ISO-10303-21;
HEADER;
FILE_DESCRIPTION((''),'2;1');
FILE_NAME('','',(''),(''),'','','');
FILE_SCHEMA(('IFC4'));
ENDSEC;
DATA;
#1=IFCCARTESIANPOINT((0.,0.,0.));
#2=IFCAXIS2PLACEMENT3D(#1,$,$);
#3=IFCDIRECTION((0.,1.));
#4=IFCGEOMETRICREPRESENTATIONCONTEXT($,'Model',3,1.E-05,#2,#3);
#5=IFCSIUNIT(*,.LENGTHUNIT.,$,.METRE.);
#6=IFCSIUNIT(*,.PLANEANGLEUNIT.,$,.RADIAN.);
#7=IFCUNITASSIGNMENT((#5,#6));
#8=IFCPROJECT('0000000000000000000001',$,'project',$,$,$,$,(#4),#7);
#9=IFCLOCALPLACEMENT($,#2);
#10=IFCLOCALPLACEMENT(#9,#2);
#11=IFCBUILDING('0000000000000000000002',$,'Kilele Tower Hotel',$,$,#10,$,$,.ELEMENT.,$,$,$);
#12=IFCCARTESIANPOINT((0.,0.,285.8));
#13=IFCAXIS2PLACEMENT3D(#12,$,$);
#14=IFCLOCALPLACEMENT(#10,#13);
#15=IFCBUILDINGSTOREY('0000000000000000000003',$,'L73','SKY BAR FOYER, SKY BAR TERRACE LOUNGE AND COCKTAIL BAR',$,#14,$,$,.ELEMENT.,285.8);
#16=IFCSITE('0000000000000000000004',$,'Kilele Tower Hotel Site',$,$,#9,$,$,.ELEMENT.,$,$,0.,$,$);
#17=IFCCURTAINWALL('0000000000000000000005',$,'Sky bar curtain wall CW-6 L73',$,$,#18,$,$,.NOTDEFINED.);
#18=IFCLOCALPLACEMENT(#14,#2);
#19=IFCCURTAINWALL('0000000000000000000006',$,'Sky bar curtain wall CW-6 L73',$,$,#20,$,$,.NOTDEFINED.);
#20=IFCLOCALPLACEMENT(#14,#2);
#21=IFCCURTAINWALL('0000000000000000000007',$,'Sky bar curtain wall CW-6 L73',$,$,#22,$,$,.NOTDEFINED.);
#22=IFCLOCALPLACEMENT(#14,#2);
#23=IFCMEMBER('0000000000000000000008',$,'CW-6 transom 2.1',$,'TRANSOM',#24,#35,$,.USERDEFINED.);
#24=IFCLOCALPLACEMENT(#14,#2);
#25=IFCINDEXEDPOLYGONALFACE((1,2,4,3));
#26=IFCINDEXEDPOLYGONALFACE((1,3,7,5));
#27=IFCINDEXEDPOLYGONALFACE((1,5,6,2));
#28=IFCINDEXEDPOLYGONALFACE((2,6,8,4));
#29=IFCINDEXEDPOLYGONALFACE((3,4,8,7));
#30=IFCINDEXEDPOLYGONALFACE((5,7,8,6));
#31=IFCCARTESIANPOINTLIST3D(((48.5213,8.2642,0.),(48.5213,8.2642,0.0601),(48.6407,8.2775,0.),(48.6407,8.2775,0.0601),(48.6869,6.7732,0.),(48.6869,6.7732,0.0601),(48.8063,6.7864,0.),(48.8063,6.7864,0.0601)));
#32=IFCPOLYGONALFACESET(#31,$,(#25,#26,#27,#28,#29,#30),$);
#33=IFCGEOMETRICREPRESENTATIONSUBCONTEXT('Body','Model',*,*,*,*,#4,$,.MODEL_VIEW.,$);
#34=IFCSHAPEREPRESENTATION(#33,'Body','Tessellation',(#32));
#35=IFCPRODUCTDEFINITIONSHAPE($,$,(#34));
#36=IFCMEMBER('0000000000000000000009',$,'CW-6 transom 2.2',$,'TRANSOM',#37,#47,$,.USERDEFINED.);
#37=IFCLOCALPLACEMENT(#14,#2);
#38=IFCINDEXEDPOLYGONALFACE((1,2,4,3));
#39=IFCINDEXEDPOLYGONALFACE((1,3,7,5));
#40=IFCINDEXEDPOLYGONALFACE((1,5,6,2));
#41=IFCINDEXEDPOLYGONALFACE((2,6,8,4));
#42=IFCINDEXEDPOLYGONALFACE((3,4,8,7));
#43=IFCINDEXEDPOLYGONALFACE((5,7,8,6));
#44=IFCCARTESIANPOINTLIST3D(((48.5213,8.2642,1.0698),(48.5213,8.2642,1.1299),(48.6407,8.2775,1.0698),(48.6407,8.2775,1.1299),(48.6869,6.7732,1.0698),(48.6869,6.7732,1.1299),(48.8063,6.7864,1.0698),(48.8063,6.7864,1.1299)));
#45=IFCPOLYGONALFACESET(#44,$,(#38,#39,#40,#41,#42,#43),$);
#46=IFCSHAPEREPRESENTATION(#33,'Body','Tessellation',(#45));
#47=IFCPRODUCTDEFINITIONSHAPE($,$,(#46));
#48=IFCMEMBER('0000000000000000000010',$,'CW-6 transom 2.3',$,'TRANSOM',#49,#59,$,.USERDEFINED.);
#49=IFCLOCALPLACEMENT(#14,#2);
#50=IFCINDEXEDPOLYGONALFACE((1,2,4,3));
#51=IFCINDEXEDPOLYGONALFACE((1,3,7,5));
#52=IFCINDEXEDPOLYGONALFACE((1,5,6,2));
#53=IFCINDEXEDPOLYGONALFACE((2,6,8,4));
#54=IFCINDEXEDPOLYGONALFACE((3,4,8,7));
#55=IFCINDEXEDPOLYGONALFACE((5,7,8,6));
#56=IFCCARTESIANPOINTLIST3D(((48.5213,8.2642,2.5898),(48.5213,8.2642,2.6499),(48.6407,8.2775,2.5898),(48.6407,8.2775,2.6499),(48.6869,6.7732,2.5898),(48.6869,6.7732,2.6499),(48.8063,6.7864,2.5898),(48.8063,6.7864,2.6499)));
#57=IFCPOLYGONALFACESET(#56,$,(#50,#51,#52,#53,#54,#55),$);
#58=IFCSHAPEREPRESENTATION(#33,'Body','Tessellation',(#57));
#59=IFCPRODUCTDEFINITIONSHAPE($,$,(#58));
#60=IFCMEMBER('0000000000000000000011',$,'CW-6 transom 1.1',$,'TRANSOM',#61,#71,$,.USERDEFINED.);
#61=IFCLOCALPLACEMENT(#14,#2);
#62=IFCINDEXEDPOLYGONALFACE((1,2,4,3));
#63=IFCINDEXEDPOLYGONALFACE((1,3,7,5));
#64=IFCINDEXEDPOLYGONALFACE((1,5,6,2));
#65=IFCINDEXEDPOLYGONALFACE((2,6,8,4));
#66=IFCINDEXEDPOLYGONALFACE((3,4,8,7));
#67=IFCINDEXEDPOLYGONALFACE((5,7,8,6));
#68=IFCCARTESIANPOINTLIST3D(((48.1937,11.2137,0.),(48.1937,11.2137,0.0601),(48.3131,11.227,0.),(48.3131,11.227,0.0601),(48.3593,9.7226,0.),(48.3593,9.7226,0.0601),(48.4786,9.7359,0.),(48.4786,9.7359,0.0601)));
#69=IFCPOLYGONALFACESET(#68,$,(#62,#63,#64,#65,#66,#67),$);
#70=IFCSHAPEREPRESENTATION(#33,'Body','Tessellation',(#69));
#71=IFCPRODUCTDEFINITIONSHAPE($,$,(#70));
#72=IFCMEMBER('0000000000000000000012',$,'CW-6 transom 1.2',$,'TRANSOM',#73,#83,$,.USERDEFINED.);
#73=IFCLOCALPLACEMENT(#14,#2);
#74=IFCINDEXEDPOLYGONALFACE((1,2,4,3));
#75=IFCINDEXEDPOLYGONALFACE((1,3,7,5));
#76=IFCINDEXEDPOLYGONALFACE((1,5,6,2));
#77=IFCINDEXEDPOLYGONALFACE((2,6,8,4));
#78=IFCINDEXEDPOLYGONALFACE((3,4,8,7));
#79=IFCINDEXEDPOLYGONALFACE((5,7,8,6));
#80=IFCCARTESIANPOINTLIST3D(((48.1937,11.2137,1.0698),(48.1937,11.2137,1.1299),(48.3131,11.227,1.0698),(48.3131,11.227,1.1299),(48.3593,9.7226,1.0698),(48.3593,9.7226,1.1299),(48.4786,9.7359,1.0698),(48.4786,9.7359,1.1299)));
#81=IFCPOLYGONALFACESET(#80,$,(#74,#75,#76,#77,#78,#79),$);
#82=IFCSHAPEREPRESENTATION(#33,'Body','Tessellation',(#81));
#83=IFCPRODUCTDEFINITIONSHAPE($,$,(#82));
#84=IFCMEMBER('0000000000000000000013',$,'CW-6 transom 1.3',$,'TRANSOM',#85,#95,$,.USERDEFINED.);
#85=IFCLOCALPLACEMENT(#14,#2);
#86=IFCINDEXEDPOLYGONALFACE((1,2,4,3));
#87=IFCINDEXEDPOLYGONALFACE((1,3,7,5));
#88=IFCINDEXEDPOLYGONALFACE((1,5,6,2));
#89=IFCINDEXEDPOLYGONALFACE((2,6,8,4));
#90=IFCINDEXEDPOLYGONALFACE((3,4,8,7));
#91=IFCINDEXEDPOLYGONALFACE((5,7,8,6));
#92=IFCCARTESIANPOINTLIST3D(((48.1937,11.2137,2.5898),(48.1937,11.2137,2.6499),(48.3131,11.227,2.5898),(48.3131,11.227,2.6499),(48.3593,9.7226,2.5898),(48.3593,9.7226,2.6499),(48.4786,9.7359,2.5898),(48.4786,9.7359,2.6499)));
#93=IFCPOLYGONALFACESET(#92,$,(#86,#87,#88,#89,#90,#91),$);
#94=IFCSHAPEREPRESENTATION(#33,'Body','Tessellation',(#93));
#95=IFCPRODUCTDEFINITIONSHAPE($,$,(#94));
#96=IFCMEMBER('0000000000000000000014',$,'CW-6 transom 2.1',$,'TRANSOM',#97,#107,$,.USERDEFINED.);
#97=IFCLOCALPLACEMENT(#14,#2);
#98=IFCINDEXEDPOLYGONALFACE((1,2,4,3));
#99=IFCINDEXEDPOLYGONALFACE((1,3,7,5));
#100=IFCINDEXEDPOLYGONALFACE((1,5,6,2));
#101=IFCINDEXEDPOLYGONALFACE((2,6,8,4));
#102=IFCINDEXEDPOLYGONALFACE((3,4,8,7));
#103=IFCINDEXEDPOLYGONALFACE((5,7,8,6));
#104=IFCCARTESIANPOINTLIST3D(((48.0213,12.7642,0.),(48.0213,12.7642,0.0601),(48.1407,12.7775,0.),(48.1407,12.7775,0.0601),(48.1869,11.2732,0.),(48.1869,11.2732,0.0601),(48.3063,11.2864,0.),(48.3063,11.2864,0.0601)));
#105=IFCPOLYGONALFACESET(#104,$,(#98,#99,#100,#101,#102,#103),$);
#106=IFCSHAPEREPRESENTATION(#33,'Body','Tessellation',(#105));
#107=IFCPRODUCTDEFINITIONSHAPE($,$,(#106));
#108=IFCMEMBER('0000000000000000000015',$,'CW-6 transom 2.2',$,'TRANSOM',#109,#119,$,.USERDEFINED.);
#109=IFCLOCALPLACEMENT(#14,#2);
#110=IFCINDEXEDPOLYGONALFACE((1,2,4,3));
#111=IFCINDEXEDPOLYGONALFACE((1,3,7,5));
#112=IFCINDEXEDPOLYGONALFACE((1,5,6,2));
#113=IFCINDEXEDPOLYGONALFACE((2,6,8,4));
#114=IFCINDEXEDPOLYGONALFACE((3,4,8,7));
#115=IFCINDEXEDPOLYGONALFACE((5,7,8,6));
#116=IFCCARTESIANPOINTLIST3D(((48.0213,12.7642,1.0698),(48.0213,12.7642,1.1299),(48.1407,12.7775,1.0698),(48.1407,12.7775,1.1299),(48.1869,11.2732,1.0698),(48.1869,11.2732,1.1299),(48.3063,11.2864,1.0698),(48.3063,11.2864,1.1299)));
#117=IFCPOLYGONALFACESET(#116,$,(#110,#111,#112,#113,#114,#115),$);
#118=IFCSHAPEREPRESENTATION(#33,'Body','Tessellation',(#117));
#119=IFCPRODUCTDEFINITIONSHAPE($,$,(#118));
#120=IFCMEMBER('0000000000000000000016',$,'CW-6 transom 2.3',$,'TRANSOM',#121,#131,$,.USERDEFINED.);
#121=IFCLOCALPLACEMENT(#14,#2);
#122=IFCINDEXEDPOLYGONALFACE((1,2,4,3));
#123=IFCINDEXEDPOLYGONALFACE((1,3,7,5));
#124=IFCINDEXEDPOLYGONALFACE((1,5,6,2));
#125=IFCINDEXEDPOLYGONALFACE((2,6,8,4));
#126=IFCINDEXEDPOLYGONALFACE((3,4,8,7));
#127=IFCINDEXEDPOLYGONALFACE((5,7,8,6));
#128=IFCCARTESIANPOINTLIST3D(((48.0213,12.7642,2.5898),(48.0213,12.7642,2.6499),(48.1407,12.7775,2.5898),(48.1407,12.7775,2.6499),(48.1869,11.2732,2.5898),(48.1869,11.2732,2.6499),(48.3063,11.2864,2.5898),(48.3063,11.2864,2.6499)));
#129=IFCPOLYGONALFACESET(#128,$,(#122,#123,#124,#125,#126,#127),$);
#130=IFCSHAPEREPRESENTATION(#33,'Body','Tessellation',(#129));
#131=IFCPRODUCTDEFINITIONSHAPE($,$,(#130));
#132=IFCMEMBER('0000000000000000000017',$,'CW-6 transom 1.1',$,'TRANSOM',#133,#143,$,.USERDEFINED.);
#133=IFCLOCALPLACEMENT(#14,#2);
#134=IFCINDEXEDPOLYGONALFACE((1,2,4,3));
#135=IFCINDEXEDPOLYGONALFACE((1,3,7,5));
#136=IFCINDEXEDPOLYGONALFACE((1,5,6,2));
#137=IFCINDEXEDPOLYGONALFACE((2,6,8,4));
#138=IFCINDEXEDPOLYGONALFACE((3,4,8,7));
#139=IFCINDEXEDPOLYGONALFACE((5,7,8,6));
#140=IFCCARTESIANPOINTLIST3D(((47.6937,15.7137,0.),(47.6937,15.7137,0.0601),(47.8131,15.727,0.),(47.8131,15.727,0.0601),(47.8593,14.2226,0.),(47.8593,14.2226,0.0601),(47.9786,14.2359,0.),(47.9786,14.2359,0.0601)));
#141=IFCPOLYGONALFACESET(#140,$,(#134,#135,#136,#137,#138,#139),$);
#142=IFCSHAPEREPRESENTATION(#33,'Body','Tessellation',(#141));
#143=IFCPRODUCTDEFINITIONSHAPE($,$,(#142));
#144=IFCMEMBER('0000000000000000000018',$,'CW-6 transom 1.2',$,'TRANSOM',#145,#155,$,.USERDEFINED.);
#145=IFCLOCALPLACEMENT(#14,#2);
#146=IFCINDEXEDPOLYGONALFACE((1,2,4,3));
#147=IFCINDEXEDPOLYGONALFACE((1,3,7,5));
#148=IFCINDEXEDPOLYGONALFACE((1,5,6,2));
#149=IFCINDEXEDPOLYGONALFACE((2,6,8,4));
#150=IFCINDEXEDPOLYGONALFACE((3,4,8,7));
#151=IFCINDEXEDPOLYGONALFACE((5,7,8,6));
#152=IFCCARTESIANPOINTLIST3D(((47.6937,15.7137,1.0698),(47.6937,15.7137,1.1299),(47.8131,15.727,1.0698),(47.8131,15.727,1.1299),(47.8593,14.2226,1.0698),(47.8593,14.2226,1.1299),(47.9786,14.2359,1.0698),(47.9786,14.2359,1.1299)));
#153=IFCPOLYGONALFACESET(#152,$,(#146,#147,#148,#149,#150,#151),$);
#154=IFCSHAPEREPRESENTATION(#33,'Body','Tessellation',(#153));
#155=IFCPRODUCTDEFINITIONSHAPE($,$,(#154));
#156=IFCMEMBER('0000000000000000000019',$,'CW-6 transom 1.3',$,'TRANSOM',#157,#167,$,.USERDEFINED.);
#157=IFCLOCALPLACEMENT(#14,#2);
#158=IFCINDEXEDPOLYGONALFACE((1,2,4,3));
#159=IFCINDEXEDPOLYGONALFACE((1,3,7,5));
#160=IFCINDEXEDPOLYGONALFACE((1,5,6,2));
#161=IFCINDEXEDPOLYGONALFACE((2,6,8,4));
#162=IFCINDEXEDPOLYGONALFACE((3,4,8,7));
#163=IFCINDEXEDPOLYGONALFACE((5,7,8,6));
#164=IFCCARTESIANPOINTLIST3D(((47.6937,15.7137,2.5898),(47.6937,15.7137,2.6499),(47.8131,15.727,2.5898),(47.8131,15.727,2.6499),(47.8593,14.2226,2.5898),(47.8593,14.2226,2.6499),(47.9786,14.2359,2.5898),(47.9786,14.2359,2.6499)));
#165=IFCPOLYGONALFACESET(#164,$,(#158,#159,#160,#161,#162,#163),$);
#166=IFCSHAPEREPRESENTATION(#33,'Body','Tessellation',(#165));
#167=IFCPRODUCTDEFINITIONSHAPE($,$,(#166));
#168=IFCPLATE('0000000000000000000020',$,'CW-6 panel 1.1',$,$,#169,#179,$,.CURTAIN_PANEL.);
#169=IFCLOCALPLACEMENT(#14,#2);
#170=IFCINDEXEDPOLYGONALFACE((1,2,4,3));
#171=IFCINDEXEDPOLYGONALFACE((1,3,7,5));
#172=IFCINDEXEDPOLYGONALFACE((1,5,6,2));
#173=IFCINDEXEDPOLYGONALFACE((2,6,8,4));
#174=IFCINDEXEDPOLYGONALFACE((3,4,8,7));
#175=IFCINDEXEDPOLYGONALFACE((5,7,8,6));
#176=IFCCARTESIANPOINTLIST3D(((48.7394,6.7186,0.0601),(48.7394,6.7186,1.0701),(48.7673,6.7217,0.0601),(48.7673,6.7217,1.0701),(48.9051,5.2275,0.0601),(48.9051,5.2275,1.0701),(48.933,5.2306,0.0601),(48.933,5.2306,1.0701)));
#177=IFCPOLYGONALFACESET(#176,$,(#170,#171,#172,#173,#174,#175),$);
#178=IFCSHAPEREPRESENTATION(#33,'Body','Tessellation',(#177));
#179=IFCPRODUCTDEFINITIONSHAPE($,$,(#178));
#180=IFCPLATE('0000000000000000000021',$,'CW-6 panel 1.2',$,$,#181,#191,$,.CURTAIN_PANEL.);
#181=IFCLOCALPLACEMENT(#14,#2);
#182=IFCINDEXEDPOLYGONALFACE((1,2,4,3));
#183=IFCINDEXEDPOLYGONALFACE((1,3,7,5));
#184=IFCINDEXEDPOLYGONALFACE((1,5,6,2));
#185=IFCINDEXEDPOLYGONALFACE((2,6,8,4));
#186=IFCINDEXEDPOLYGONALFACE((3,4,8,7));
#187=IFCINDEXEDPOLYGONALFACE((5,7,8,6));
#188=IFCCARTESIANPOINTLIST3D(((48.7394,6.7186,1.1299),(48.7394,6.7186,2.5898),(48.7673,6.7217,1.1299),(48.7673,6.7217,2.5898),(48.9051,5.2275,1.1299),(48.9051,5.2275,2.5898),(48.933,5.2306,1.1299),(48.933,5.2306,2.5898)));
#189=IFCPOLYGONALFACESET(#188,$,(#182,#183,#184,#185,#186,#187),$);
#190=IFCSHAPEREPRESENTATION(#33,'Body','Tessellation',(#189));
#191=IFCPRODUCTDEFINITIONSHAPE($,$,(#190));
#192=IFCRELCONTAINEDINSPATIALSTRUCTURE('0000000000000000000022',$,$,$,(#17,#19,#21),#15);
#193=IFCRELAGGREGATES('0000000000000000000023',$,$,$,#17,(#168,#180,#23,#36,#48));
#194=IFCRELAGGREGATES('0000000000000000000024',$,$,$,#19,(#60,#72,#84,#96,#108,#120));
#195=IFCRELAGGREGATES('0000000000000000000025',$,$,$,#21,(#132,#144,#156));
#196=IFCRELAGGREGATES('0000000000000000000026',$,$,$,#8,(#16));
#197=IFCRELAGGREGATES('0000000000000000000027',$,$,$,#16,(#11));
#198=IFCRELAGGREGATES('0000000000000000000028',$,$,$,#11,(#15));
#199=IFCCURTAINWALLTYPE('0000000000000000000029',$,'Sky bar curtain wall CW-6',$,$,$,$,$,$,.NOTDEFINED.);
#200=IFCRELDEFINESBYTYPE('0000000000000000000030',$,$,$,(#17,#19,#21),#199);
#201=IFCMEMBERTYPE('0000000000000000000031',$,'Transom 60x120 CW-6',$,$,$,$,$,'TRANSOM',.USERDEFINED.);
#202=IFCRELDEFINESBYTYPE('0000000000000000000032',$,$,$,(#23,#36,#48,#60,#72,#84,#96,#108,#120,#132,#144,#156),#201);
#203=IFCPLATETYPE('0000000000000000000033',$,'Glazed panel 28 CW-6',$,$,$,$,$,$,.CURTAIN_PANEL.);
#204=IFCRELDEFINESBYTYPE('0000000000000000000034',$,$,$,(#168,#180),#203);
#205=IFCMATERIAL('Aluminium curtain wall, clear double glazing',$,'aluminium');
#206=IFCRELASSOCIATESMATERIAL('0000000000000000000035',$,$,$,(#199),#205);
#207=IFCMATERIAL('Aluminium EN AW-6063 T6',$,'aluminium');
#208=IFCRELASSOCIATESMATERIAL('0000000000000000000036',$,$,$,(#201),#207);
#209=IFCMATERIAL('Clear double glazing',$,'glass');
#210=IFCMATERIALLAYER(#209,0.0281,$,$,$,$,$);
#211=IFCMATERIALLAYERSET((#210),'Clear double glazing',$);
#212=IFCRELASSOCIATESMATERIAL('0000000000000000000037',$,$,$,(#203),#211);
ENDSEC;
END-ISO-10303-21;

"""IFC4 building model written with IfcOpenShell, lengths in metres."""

from ifc_helpers import new_model, si_unit, direction, frame, origin, origin_2d, place, context, subcontext, project, spatial, rectangle, extrude, material, layer, layer_set, material_profile, profile_set, type_object, element, aggregate, save


model = new_model("IFC4")

# Units and contexts
model_context = context("Model", 3, precision=1e-05, world=origin(), true_north=direction((0.0, 1.0)))
body_context = subcontext(model_context, "Body", "Model", "MODEL_VIEW")
ifc_project = project(units=[si_unit("LENGTHUNIT", "METRE"), si_unit("PLANEANGLEUNIT", "RADIAN")], contexts=[model_context])

# Site, building, storey
site_placement = place(None, origin())
site = spatial("IfcSite", under=ifc_project, at=site_placement, Name="Kilele Tower Hotel Site", CompositionType="ELEMENT", RefElevation=0.0)
building_placement = place(site_placement, origin())
building = spatial("IfcBuilding", under=site, at=building_placement, Name="Kilele Tower Hotel", CompositionType="ELEMENT")
storey_placement = place(building_placement, frame((0.0, 0.0, 285.8)))
storey = spatial("IfcBuildingStorey", under=building, at=storey_placement, Name="L73", Description="SKY BAR FOYER, SKY BAR TERRACE LOUNGE AND COCKTAIL BAR", CompositionType="ELEMENT", Elevation=285.8)

# Curtain walls
ifc_material_1 = material(Name="Aluminium curtain wall, clear double glazing", Category="aluminium")
curtain_wall_type = type_object("IfcCurtainWallType", Name="Sky bar curtain wall CW-6", PredefinedType="NOTDEFINED", material=ifc_material_1)
curtain_wall_1_placement = place(storey_placement, origin())
curtain_wall_1 = element("IfcCurtainWall", 1, at=curtain_wall_1_placement, inside=storey, type_object=curtain_wall_type, Name="Sky bar curtain wall CW-6 L73", PredefinedType="NOTDEFINED")
curtain_wall_2_placement = place(storey_placement, origin())
curtain_wall_2 = element("IfcCurtainWall", 2, at=curtain_wall_2_placement, inside=storey, type_object=curtain_wall_type, Name="Sky bar curtain wall CW-6 L73", PredefinedType="NOTDEFINED")
curtain_wall_3_placement = place(storey_placement, origin())
curtain_wall_3 = element("IfcCurtainWall", 3, at=curtain_wall_3_placement, inside=storey, type_object=curtain_wall_type, Name="Sky bar curtain wall CW-6 L73", PredefinedType="NOTDEFINED")

# Members
ifc_material_2 = material(Name="Aluminium EN AW-6063 T6", Category="aluminium")
ifc_material_profile_1 = material_profile(ifc_material_2, rectangle(XDim=0.1201, YDim=0.0601, at=origin_2d()))
ifc_profile_set_1 = profile_set([ifc_material_profile_1], Name="Aluminium EN AW-6063 T6")
member_type_1 = type_object("IfcMemberType", Name="Transom 60x120 CW-6", ElementType="TRANSOM", PredefinedType="USERDEFINED", material=ifc_profile_set_1)
member_1_placement = place(storey_placement, frame((48.7466, 6.7798, 0.03), z_axis=(-0.110342, 0.993894, 0.0), x_axis=(-0.993894, -0.110342, 0.0)))
member_1 = element("IfcMember", 4, at=member_1_placement, type_object=member_type_1, Name="CW-6 transom 2.1", ObjectType="TRANSOM", PredefinedType="USERDEFINED", context=body_context, shape_type="SweptSolid", body=[
    extrude(rectangle(XDim=0.1201, YDim=0.0601, at=origin_2d()), origin(), (0.0, 0.0, 1.0), 1.5002),
])
member_2_placement = place(storey_placement, frame((48.7466, 6.7798, 1.0999), z_axis=(-0.110342, 0.993894, 0.0), x_axis=(-0.993894, -0.110342, 0.0)))
member_2 = element("IfcMember", 5, at=member_2_placement, type_object=member_type_1, Name="CW-6 transom 2.2", ObjectType="TRANSOM", PredefinedType="USERDEFINED", context=body_context, shape_type="SweptSolid", body=[
    extrude(rectangle(XDim=0.1201, YDim=0.0601, at=origin_2d()), origin(), (0.0, 0.0, 1.0), 1.5002),
])
member_3_placement = place(storey_placement, frame((48.7466, 6.7798, 2.6199), z_axis=(-0.110342, 0.993894, 0.0), x_axis=(-0.993894, -0.110342, 0.0)))
member_3 = element("IfcMember", 6, at=member_3_placement, type_object=member_type_1, Name="CW-6 transom 2.3", ObjectType="TRANSOM", PredefinedType="USERDEFINED", context=body_context, shape_type="SweptSolid", body=[
    extrude(rectangle(XDim=0.1201, YDim=0.0601, at=origin_2d()), origin(), (0.0, 0.0, 1.0), 1.5002),
])
member_4_placement = place(storey_placement, frame((48.4189, 9.7292, 0.03), z_axis=(-0.110342, 0.993894, 0.0), x_axis=(-0.993894, -0.110342, 0.0)))
member_4 = element("IfcMember", 7, at=member_4_placement, type_object=member_type_1, Name="CW-6 transom 1.1", ObjectType="TRANSOM", PredefinedType="USERDEFINED", context=body_context, shape_type="SweptSolid", body=[
    extrude(rectangle(XDim=0.1201, YDim=0.0601, at=origin_2d()), origin(), (0.0, 0.0, 1.0), 1.5002),
])
member_5_placement = place(storey_placement, frame((48.4189, 9.7292, 1.0999), z_axis=(-0.110342, 0.993894, 0.0), x_axis=(-0.993894, -0.110342, 0.0)))
member_5 = element("IfcMember", 8, at=member_5_placement, type_object=member_type_1, Name="CW-6 transom 1.2", ObjectType="TRANSOM", PredefinedType="USERDEFINED", context=body_context, shape_type="SweptSolid", body=[
    extrude(rectangle(XDim=0.1201, YDim=0.0601, at=origin_2d()), origin(), (0.0, 0.0, 1.0), 1.5002),
])
member_6_placement = place(storey_placement, frame((48.4189, 9.7292, 2.6199), z_axis=(-0.110342, 0.993894, 0.0), x_axis=(-0.993894, -0.110342, 0.0)))
member_6 = element("IfcMember", 9, at=member_6_placement, type_object=member_type_1, Name="CW-6 transom 1.3", ObjectType="TRANSOM", PredefinedType="USERDEFINED", context=body_context, shape_type="SweptSolid", body=[
    extrude(rectangle(XDim=0.1201, YDim=0.0601, at=origin_2d()), origin(), (0.0, 0.0, 1.0), 1.5002),
])
member_7_placement = place(storey_placement, frame((48.2466, 11.2798, 0.03), z_axis=(-0.110342, 0.993894, 0.0), x_axis=(-0.993894, -0.110342, 0.0)))
member_7 = element("IfcMember", 10, at=member_7_placement, type_object=member_type_1, Name="CW-6 transom 2.1", ObjectType="TRANSOM", PredefinedType="USERDEFINED", context=body_context, shape_type="SweptSolid", body=[
    extrude(rectangle(XDim=0.1201, YDim=0.0601, at=origin_2d()), origin(), (0.0, 0.0, 1.0), 1.5002),
])
member_8_placement = place(storey_placement, frame((48.2466, 11.2798, 1.0999), z_axis=(-0.110342, 0.993894, 0.0), x_axis=(-0.993894, -0.110342, 0.0)))
member_8 = element("IfcMember", 11, at=member_8_placement, type_object=member_type_1, Name="CW-6 transom 2.2", ObjectType="TRANSOM", PredefinedType="USERDEFINED", context=body_context, shape_type="SweptSolid", body=[
    extrude(rectangle(XDim=0.1201, YDim=0.0601, at=origin_2d()), origin(), (0.0, 0.0, 1.0), 1.5002),
])
member_9_placement = place(storey_placement, frame((48.2466, 11.2798, 2.6199), z_axis=(-0.110342, 0.993894, 0.0), x_axis=(-0.993894, -0.110342, 0.0)))
member_9 = element("IfcMember", 12, at=member_9_placement, type_object=member_type_1, Name="CW-6 transom 2.3", ObjectType="TRANSOM", PredefinedType="USERDEFINED", context=body_context, shape_type="SweptSolid", body=[
    extrude(rectangle(XDim=0.1201, YDim=0.0601, at=origin_2d()), origin(), (0.0, 0.0, 1.0), 1.5002),
])
member_10_placement = place(storey_placement, frame((47.9189, 14.2292, 0.03), z_axis=(-0.110342, 0.993894, 0.0), x_axis=(-0.993894, -0.110342, 0.0)))
member_10 = element("IfcMember", 13, at=member_10_placement, type_object=member_type_1, Name="CW-6 transom 1.1", ObjectType="TRANSOM", PredefinedType="USERDEFINED", context=body_context, shape_type="SweptSolid", body=[
    extrude(rectangle(XDim=0.1201, YDim=0.0601, at=origin_2d()), origin(), (0.0, 0.0, 1.0), 1.5002),
])
member_11_placement = place(storey_placement, frame((47.9189, 14.2292, 1.0999), z_axis=(-0.110342, 0.993894, 0.0), x_axis=(-0.993894, -0.110342, 0.0)))
member_11 = element("IfcMember", 14, at=member_11_placement, type_object=member_type_1, Name="CW-6 transom 1.2", ObjectType="TRANSOM", PredefinedType="USERDEFINED", context=body_context, shape_type="SweptSolid", body=[
    extrude(rectangle(XDim=0.1201, YDim=0.0601, at=origin_2d()), origin(), (0.0, 0.0, 1.0), 1.5002),
])
member_12_placement = place(storey_placement, frame((47.9189, 14.2292, 2.6199), z_axis=(-0.110342, 0.993894, 0.0), x_axis=(-0.993894, -0.110342, 0.0)))
member_12 = element("IfcMember", 15, at=member_12_placement, type_object=member_type_1, Name="CW-6 transom 1.3", ObjectType="TRANSOM", PredefinedType="USERDEFINED", context=body_context, shape_type="SweptSolid", body=[
    extrude(rectangle(XDim=0.1201, YDim=0.0601, at=origin_2d()), origin(), (0.0, 0.0, 1.0), 1.5002),
])

# Plates
ifc_material_3 = material(Name="Clear double glazing", Category="glass")
ifc_layer = layer(ifc_material_3, 0.0281)
ifc_layer_set = layer_set([ifc_layer], Name="Clear double glazing")
plate_type = type_object("IfcPlateType", Name="Glazed panel 28 CW-6", PredefinedType="CURTAIN_PANEL", material=ifc_layer_set)
plate_1_placement = place(storey_placement, frame((48.8362, 5.9746, 0.0601), z_axis=(0.0, 0.0, 1.0), x_axis=(-0.110432, 0.993884, 0.0)))
plate_1 = element("IfcPlate", 16, at=plate_1_placement, type_object=plate_type, Name="CW-6 panel 1.1", PredefinedType="CURTAIN_PANEL", context=body_context, shape_type="SweptSolid", body=[
    extrude(rectangle(XDim=1.5002, YDim=0.0281, at=origin_2d()), origin(), (0.0, 0.0, 1.0), 1.01),
])
plate_2_placement = place(storey_placement, frame((48.8362, 5.9746, 1.1299), z_axis=(0.0, 0.0, 1.0), x_axis=(-0.110432, 0.993884, 0.0)))
plate_2 = element("IfcPlate", 17, at=plate_2_placement, type_object=plate_type, Name="CW-6 panel 1.2", PredefinedType="CURTAIN_PANEL", context=body_context, shape_type="SweptSolid", body=[
    extrude(rectangle(XDim=1.5002, YDim=0.0281, at=origin_2d()), origin(), (0.0, 0.0, 1.0), 1.46),
])
aggregate(curtain_wall_1, [plate_1, plate_2, member_1, member_2, member_3])
aggregate(curtain_wall_2, [member_4, member_5, member_6, member_7, member_8, member_9])
aggregate(curtain_wall_3, [member_10, member_11, member_12])

save(model, "model.ifc")
